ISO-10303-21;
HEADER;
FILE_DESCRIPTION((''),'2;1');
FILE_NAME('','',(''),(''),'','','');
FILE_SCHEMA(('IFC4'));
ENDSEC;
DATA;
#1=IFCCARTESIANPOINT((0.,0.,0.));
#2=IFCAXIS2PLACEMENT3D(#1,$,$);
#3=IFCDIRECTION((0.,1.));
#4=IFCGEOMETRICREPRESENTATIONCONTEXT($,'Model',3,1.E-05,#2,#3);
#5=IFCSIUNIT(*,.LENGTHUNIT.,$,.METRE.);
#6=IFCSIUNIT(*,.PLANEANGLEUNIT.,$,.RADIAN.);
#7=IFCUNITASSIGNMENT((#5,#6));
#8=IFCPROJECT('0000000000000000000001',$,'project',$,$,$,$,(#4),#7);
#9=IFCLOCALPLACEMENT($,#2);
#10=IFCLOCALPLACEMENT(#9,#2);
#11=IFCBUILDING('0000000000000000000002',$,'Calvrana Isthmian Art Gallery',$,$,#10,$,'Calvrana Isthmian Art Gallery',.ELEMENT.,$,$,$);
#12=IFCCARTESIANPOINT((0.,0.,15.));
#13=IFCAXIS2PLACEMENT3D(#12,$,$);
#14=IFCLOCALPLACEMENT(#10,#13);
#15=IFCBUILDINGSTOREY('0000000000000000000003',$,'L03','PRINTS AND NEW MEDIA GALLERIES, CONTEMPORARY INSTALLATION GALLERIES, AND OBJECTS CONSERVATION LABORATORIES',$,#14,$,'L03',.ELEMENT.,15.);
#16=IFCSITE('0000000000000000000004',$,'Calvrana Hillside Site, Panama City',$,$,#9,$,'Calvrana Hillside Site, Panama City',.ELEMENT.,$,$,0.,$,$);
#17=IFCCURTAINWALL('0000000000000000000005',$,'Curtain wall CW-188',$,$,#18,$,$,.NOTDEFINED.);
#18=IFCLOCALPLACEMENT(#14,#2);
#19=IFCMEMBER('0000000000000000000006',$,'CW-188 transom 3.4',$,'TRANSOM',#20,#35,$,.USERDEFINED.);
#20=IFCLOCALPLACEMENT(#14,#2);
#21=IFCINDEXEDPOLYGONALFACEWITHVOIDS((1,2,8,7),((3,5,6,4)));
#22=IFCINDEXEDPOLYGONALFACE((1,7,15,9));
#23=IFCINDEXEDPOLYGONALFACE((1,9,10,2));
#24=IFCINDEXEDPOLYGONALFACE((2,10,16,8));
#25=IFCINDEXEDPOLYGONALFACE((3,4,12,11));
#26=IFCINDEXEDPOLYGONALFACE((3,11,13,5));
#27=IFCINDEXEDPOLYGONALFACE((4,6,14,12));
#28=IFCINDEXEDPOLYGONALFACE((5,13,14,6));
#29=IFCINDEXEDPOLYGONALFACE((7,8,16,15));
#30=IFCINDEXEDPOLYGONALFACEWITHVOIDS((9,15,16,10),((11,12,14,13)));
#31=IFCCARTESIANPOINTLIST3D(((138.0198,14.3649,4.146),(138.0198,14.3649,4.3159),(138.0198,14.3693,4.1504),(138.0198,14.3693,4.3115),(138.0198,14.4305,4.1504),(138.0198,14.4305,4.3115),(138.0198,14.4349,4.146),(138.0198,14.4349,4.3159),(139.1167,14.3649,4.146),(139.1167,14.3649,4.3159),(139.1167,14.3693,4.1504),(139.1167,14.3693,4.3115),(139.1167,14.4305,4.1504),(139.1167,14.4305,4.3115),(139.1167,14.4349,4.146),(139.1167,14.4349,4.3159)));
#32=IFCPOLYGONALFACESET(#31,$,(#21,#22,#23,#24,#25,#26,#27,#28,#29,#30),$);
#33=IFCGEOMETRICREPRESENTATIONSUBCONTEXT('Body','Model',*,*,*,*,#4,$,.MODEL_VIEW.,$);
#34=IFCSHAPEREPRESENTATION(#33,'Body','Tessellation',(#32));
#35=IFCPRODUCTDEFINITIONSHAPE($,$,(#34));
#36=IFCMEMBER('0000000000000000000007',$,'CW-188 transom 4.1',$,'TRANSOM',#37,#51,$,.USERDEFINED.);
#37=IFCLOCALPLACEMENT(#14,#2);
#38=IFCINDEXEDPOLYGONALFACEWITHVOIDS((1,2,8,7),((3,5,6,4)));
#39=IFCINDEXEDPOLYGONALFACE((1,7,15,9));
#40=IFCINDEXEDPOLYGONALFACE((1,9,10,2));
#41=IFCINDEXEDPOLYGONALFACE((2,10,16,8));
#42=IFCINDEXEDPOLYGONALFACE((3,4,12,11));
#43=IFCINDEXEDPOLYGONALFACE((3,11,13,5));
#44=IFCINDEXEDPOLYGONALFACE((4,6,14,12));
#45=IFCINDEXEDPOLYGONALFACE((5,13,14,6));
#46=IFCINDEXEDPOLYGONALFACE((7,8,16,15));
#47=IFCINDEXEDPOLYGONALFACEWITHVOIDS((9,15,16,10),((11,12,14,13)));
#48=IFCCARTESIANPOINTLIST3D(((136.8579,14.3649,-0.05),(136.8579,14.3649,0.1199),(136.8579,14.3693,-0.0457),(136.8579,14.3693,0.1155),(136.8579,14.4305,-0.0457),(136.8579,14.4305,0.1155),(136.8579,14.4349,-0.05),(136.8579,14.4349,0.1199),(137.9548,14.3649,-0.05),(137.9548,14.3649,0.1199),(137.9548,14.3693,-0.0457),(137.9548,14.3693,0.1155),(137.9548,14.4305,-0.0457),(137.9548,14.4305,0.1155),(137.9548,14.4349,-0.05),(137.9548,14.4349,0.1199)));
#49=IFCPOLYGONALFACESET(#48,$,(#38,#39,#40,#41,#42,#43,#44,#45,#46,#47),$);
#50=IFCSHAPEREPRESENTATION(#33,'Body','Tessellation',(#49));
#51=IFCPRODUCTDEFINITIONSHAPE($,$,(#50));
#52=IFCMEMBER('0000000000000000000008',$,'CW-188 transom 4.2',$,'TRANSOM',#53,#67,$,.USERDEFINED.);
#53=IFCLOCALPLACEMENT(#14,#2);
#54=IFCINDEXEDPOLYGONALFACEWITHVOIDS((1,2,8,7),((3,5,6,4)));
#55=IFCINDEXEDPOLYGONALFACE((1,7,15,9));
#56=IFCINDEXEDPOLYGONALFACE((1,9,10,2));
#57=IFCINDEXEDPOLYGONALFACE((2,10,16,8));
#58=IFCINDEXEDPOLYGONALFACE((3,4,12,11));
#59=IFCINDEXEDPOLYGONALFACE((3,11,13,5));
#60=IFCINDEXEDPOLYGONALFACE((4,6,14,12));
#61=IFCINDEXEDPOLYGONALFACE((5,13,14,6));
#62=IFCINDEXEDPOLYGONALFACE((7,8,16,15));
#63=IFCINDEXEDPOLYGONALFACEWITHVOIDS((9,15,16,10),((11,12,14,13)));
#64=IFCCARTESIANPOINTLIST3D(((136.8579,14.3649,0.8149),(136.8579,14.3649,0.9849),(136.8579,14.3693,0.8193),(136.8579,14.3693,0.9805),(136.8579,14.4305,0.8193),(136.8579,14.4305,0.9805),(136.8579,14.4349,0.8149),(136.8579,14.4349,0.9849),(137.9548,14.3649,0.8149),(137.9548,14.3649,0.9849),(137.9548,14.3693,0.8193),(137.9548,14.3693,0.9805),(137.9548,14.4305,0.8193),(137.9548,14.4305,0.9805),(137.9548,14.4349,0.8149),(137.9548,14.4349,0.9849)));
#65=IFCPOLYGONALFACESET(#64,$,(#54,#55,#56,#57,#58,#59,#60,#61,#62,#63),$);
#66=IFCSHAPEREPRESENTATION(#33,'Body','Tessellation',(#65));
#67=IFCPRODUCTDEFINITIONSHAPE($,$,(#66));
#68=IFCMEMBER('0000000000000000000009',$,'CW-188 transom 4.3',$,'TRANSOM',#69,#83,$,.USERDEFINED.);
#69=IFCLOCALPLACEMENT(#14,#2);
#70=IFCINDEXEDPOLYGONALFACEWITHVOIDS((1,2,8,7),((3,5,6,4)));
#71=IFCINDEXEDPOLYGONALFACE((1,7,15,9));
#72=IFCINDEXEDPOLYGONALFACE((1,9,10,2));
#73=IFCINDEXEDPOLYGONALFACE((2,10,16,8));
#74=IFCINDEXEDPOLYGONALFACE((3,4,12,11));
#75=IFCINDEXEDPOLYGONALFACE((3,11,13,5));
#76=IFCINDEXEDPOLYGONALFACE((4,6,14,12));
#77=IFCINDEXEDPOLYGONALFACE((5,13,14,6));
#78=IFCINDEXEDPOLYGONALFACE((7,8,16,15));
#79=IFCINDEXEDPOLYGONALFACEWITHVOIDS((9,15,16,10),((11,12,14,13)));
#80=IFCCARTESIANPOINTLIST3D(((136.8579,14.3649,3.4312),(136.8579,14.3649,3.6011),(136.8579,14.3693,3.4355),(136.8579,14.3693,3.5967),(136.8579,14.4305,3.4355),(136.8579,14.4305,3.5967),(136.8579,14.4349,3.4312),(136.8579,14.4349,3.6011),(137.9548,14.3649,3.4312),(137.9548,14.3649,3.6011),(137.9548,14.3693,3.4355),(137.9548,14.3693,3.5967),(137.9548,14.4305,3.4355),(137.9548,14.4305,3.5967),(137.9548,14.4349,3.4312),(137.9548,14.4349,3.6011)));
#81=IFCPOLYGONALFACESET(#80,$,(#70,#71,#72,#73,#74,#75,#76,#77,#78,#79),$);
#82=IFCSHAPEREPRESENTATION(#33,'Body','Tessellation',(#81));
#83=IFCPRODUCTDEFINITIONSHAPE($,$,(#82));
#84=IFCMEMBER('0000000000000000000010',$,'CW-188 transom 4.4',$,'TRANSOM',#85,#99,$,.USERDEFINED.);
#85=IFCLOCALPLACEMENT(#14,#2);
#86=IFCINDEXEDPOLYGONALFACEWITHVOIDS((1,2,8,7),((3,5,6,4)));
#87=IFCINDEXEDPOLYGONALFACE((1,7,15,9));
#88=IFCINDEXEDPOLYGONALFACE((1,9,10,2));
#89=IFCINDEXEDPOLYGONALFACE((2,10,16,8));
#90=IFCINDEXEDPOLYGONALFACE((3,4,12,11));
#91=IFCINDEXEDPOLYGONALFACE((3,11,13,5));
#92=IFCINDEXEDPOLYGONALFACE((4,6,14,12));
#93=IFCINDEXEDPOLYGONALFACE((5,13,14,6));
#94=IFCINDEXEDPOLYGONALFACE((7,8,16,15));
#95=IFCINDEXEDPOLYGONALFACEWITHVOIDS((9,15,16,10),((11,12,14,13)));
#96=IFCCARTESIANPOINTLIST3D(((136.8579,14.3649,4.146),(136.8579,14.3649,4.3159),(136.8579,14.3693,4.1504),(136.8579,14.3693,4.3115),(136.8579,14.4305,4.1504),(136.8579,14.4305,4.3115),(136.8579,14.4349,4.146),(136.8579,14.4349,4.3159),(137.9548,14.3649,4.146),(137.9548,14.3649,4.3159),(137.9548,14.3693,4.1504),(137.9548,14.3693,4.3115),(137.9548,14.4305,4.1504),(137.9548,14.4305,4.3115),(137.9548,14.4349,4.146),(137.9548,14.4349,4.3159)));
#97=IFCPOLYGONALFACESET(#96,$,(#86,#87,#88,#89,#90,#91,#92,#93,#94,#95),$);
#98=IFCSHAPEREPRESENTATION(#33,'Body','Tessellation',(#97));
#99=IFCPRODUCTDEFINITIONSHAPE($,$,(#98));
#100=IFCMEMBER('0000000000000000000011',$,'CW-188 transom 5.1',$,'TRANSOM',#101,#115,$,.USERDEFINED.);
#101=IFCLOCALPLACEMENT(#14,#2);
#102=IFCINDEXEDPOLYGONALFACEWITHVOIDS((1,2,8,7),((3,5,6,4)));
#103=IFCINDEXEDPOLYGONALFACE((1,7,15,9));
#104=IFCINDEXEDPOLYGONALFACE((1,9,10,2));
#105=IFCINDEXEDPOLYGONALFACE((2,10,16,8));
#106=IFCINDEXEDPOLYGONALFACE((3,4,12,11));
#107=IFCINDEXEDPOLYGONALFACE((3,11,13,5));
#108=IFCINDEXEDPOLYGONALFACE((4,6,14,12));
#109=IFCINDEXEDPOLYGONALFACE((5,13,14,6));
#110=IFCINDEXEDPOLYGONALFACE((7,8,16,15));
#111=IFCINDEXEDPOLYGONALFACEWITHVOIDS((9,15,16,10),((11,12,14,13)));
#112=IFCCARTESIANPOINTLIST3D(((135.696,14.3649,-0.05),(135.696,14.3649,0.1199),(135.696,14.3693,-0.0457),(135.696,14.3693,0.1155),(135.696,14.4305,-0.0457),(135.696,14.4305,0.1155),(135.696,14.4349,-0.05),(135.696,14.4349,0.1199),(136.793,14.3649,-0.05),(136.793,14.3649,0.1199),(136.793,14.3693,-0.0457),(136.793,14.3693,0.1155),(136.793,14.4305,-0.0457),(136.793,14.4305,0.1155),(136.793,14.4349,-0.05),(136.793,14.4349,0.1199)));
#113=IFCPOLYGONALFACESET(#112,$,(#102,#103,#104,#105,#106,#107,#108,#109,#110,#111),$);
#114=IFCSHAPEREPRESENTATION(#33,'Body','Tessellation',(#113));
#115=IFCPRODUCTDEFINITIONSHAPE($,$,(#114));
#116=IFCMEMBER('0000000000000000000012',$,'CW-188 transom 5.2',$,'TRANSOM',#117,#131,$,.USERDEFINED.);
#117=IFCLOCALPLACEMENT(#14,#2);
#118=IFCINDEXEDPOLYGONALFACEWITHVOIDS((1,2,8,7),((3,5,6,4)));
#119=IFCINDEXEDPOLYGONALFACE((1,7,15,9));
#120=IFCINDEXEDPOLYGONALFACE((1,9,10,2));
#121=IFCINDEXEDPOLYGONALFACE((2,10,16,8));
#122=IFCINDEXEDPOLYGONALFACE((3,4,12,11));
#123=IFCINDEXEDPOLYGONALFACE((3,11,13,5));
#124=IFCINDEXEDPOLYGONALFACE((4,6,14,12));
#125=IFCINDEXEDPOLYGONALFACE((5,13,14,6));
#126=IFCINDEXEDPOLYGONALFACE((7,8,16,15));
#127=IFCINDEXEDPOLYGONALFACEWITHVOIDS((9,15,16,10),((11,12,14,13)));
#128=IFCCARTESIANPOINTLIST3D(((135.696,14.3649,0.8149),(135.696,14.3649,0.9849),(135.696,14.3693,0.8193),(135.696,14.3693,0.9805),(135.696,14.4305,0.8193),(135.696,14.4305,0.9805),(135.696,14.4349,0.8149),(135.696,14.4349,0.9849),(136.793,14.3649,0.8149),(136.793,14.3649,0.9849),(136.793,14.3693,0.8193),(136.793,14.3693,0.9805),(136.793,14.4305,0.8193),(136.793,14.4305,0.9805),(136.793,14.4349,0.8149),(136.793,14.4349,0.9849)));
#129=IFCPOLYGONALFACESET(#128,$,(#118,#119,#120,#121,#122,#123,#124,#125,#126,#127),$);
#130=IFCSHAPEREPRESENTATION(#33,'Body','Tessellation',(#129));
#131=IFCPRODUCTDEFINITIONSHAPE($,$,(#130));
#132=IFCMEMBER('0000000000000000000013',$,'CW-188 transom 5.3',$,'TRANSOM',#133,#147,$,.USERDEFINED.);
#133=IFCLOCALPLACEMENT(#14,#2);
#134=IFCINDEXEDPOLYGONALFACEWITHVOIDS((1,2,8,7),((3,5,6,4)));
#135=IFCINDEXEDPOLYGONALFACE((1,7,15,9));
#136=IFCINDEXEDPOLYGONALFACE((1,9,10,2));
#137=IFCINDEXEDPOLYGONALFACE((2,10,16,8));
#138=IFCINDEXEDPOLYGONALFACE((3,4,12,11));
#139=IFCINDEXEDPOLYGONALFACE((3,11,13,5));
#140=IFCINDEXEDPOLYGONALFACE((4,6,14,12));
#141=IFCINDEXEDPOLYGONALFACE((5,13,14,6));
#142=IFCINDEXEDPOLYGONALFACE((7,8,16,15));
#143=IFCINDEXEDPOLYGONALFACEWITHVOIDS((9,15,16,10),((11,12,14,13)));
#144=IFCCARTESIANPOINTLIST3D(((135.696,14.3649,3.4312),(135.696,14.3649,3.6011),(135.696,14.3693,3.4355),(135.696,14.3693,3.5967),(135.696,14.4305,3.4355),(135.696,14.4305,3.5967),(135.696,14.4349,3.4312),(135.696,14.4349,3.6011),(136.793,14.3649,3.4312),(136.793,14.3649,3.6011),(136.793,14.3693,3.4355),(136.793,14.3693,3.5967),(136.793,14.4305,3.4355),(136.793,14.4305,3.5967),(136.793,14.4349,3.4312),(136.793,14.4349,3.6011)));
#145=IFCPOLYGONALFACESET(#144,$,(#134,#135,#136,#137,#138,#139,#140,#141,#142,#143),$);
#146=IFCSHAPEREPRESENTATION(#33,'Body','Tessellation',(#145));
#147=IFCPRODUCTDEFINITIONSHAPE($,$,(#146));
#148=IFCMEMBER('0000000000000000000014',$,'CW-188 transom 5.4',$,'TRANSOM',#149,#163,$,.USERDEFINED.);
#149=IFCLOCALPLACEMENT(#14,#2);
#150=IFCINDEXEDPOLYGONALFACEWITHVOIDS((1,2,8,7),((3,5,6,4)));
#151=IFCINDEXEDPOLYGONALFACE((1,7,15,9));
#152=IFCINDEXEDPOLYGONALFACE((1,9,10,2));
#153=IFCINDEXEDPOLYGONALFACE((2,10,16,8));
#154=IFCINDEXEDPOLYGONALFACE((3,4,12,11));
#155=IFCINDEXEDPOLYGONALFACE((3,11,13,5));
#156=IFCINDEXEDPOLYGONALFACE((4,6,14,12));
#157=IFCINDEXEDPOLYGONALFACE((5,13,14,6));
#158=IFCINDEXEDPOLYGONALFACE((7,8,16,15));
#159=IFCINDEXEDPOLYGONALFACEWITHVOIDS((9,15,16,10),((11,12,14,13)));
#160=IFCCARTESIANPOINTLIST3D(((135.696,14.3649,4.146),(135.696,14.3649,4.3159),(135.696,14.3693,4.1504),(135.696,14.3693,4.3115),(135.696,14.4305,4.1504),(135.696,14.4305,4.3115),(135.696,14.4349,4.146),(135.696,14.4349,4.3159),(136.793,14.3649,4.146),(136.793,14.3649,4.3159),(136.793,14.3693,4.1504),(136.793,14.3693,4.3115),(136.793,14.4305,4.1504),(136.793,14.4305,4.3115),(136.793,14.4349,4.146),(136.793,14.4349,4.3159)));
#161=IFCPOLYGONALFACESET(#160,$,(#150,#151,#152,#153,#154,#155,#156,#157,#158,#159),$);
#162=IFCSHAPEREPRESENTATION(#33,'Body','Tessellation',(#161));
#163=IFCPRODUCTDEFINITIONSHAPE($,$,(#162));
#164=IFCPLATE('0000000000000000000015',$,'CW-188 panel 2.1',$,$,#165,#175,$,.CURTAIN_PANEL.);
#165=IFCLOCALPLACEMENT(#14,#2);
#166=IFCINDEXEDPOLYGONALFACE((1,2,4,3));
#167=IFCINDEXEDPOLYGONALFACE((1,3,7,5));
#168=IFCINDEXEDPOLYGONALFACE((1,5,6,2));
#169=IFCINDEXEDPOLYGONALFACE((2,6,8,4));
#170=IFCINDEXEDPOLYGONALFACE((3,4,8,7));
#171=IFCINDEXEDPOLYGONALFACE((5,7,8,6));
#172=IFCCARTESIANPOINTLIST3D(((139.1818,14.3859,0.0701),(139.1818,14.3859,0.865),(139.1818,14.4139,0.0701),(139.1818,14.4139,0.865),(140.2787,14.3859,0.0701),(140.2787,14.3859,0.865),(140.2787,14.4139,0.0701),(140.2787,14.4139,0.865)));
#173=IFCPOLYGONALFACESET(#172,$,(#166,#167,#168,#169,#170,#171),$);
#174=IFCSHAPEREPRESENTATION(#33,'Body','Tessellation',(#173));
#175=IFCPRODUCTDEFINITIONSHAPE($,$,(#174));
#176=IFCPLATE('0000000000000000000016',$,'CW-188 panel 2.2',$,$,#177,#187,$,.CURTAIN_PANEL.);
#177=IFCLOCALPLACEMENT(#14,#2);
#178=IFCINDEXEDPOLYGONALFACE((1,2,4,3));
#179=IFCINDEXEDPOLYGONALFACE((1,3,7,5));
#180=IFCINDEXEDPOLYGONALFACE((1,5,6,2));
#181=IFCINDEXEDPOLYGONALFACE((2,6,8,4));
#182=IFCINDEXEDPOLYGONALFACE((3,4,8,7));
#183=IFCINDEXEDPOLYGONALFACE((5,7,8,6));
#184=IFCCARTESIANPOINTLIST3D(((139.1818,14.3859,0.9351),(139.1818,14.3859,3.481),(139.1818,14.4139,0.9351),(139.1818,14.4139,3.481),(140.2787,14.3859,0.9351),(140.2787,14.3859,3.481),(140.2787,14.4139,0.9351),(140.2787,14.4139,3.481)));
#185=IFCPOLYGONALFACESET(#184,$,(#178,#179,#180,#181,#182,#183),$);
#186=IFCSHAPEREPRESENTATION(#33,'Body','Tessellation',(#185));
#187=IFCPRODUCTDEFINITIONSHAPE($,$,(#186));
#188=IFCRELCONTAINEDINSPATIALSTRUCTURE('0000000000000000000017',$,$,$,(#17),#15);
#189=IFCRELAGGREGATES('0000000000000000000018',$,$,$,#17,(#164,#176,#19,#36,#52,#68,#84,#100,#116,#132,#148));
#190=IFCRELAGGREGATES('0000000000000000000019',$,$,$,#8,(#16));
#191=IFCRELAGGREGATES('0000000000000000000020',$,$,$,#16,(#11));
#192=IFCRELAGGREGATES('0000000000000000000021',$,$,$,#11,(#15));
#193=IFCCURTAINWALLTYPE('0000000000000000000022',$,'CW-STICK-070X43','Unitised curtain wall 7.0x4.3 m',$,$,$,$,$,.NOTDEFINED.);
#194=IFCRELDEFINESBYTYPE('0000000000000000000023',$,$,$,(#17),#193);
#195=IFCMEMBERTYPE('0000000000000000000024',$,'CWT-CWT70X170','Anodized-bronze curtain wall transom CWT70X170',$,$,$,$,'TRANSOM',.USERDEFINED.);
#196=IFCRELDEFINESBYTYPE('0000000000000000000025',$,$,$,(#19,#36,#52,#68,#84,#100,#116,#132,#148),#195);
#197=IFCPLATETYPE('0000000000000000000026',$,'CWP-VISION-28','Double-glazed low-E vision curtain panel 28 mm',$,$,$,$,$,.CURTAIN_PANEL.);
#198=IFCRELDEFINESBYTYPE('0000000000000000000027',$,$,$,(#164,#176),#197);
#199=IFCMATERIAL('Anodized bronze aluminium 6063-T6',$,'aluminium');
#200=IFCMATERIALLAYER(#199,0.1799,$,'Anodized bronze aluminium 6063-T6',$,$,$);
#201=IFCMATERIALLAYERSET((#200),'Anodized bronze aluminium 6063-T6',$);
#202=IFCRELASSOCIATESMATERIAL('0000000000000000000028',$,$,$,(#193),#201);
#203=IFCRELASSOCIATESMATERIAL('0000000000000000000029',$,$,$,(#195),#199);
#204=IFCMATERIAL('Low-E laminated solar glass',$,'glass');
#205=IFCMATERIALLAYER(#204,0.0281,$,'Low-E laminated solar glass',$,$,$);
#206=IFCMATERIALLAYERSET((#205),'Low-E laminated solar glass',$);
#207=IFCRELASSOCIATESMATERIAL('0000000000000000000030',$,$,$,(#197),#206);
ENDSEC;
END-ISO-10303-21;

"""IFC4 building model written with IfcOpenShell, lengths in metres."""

from ifc_helpers import new_model, si_unit, direction, frame, origin, origin_2d, place, context, subcontext, project, spatial, rectangle, hollow_rectangle, extrude, material, layer, layer_set, material_profile, profile_set, type_object, element, aggregate, save


model = new_model("IFC4")

# Units and contexts
model_context = context("Model", 3, precision=1e-05, world=origin(), true_north=direction((0.0, 1.0)))
body_context = subcontext(model_context, "Body", "Model", "MODEL_VIEW")
ifc_project = project(units=[si_unit("LENGTHUNIT", "METRE"), si_unit("PLANEANGLEUNIT", "RADIAN")], contexts=[model_context])

# Site, building, storey
site_placement = place(None, origin())
site = spatial("IfcSite", under=ifc_project, at=site_placement, Name="Calvrana Hillside Site, Panama City", LongName="Calvrana Hillside Site, Panama City", CompositionType="ELEMENT", RefElevation=0.0)
building_placement = place(site_placement, origin())
building = spatial("IfcBuilding", under=site, at=building_placement, Name="Calvrana Isthmian Art Gallery", LongName="Calvrana Isthmian Art Gallery", CompositionType="ELEMENT")
storey_placement = place(building_placement, frame((0.0, 0.0, 15.0)))
storey = spatial("IfcBuildingStorey", under=building, at=storey_placement, Name="L03", Description="PRINTS AND NEW MEDIA GALLERIES, CONTEMPORARY INSTALLATION GALLERIES, AND OBJECTS CONSERVATION LABORATORIES", LongName="L03", CompositionType="ELEMENT", Elevation=15.0)

# Curtain wall, members, plates
ifc_material_1 = material(Name="Anodized bronze aluminium 6063-T6", Category="aluminium")
ifc_layer_1 = layer(ifc_material_1, 0.1799, Name="Anodized bronze aluminium 6063-T6")
ifc_layer_set_1 = layer_set([ifc_layer_1], Name="Anodized bronze aluminium 6063-T6")
curtain_wall_type = type_object("IfcCurtainWallType", Name="CW-STICK-070X43", Description="Unitised curtain wall 7.0x4.3 m", PredefinedType="NOTDEFINED", material=ifc_layer_set_1)
curtain_wall_placement = place(storey_placement, origin())
curtain_wall = element("IfcCurtainWall", 1, at=curtain_wall_placement, inside=storey, type_object=curtain_wall_type, Name="Curtain wall CW-188", PredefinedType="NOTDEFINED")
ifc_material_profile_1 = material_profile(ifc_material_1, hollow_rectangle(XDim=0.0701, YDim=0.1699, WallThickness=0.0044, at=origin_2d()), Name="CWT70X170")
ifc_profile_set_1 = profile_set([ifc_material_profile_1], Name="Anodized bronze aluminium 6063-T6")
member_type_1 = type_object("IfcMemberType", Name="CWT-CWT70X170", Description="Anodized-bronze curtain wall transom CWT70X170", ElementType="TRANSOM", PredefinedType="USERDEFINED", material=ifc_profile_set_1)
member_1_placement = place(storey_placement, frame((139.1167, 14.3999, 4.231), z_axis=(-1.0, 0.0, 0.0), x_axis=(0.0, -1.0, 0.0)))
member_1 = element("IfcMember", 2, at=member_1_placement, type_object=member_type_1, Name="CW-188 transom 3.4", ObjectType="TRANSOM", PredefinedType="USERDEFINED", context=body_context, shape_type="SweptSolid", body=[
    extrude(hollow_rectangle(XDim=0.0701, YDim=0.1699, WallThickness=0.0044, at=origin_2d()), origin(), (0.0, 0.0, 1.0), 1.0969),
])
member_2_placement = place(storey_placement, frame((137.9548, 14.3999, 0.0349), z_axis=(-1.0, 0.0, 0.0), x_axis=(0.0, -1.0, 0.0)))
member_2 = element("IfcMember", 3, at=member_2_placement, type_object=member_type_1, Name="CW-188 transom 4.1", ObjectType="TRANSOM", PredefinedType="USERDEFINED", context=body_context, shape_type="SweptSolid", body=[
    extrude(hollow_rectangle(XDim=0.0701, YDim=0.1699, WallThickness=0.0044, at=origin_2d()), origin(), (0.0, 0.0, 1.0), 1.0969),
])
member_3_placement = place(storey_placement, frame((137.9548, 14.3999, 0.8999), z_axis=(-1.0, 0.0, 0.0), x_axis=(0.0, -1.0, 0.0)))
member_3 = element("IfcMember", 4, at=member_3_placement, type_object=member_type_1, Name="CW-188 transom 4.2", ObjectType="TRANSOM", PredefinedType="USERDEFINED", context=body_context, shape_type="SweptSolid", body=[
    extrude(hollow_rectangle(XDim=0.0701, YDim=0.1699, WallThickness=0.0044, at=origin_2d()), origin(), (0.0, 0.0, 1.0), 1.0969),
])
member_4_placement = place(storey_placement, frame((137.9548, 14.3999, 3.5161), z_axis=(-1.0, 0.0, 0.0), x_axis=(0.0, -1.0, 0.0)))
member_4 = element("IfcMember", 5, at=member_4_placement, type_object=member_type_1, Name="CW-188 transom 4.3", ObjectType="TRANSOM", PredefinedType="USERDEFINED", context=body_context, shape_type="SweptSolid", body=[
    extrude(hollow_rectangle(XDim=0.0701, YDim=0.1699, WallThickness=0.0044, at=origin_2d()), origin(), (0.0, 0.0, 1.0), 1.0969),
])
member_5_placement = place(storey_placement, frame((137.9548, 14.3999, 4.231), z_axis=(-1.0, 0.0, 0.0), x_axis=(0.0, -1.0, 0.0)))
member_5 = element("IfcMember", 6, at=member_5_placement, type_object=member_type_1, Name="CW-188 transom 4.4", ObjectType="TRANSOM", PredefinedType="USERDEFINED", context=body_context, shape_type="SweptSolid", body=[
    extrude(hollow_rectangle(XDim=0.0701, YDim=0.1699, WallThickness=0.0044, at=origin_2d()), origin(), (0.0, 0.0, 1.0), 1.0969),
])
member_6_placement = place(storey_placement, frame((136.793, 14.3999, 0.0349), z_axis=(-1.0, 0.0, 0.0), x_axis=(0.0, -1.0, 0.0)))
member_6 = element("IfcMember", 7, at=member_6_placement, type_object=member_type_1, Name="CW-188 transom 5.1", ObjectType="TRANSOM", PredefinedType="USERDEFINED", context=body_context, shape_type="SweptSolid", body=[
    extrude(hollow_rectangle(XDim=0.0701, YDim=0.1699, WallThickness=0.0044, at=origin_2d()), origin(), (0.0, 0.0, 1.0), 1.0969),
])
member_7_placement = place(storey_placement, frame((136.793, 14.3999, 0.8999), z_axis=(-1.0, 0.0, 0.0), x_axis=(0.0, -1.0, 0.0)))
member_7 = element("IfcMember", 8, at=member_7_placement, type_object=member_type_1, Name="CW-188 transom 5.2", ObjectType="TRANSOM", PredefinedType="USERDEFINED", context=body_context, shape_type="SweptSolid", body=[
    extrude(hollow_rectangle(XDim=0.0701, YDim=0.1699, WallThickness=0.0044, at=origin_2d()), origin(), (0.0, 0.0, 1.0), 1.0969),
])
member_8_placement = place(storey_placement, frame((136.793, 14.3999, 3.5161), z_axis=(-1.0, 0.0, 0.0), x_axis=(0.0, -1.0, 0.0)))
member_8 = element("IfcMember", 9, at=member_8_placement, type_object=member_type_1, Name="CW-188 transom 5.3", ObjectType="TRANSOM", PredefinedType="USERDEFINED", context=body_context, shape_type="SweptSolid", body=[
    extrude(hollow_rectangle(XDim=0.0701, YDim=0.1699, WallThickness=0.0044, at=origin_2d()), origin(), (0.0, 0.0, 1.0), 1.0969),
])
member_9_placement = place(storey_placement, frame((136.793, 14.3999, 4.231), z_axis=(-1.0, 0.0, 0.0), x_axis=(0.0, -1.0, 0.0)))
member_9 = element("IfcMember", 10, at=member_9_placement, type_object=member_type_1, Name="CW-188 transom 5.4", ObjectType="TRANSOM", PredefinedType="USERDEFINED", context=body_context, shape_type="SweptSolid", body=[
    extrude(hollow_rectangle(XDim=0.0701, YDim=0.1699, WallThickness=0.0044, at=origin_2d()), origin(), (0.0, 0.0, 1.0), 1.0969),
])
ifc_material_2 = material(Name="Low-E laminated solar glass", Category="glass")
ifc_layer_2 = layer(ifc_material_2, 0.0281, Name="Low-E laminated solar glass")
ifc_layer_set_2 = layer_set([ifc_layer_2], Name="Low-E laminated solar glass")
plate_type = type_object("IfcPlateType", Name="CWP-VISION-28", Description="Double-glazed low-E vision curtain panel 28 mm", PredefinedType="CURTAIN_PANEL", material=ifc_layer_set_2)
plate_1_placement = place(storey_placement, frame((139.7302, 14.3999, 0.0701), z_axis=(0.0, 0.0, 1.0), x_axis=(-1.0, 0.0, 0.0)))
plate_1 = element("IfcPlate", 11, at=plate_1_placement, type_object=plate_type, Name="CW-188 panel 2.1", PredefinedType="CURTAIN_PANEL", context=body_context, shape_type="SweptSolid", body=[
    extrude(rectangle(XDim=1.0969, YDim=0.0281, at=origin_2d()), origin(), (0.0, 0.0, 1.0), 0.7949),
])
plate_2_placement = place(storey_placement, frame((139.7302, 14.3999, 0.9351), z_axis=(0.0, 0.0, 1.0), x_axis=(-1.0, 0.0, 0.0)))
plate_2 = element("IfcPlate", 12, at=plate_2_placement, type_object=plate_type, Name="CW-188 panel 2.2", PredefinedType="CURTAIN_PANEL", context=body_context, shape_type="SweptSolid", body=[
    extrude(rectangle(XDim=1.0969, YDim=0.0281, at=origin_2d()), origin(), (0.0, 0.0, 1.0), 2.5459),
])
aggregate(curtain_wall, [plate_1, plate_2, member_1, member_2, member_3, member_4, member_5, member_6, member_7, member_8, member_9])

save(model, "model.ifc")
